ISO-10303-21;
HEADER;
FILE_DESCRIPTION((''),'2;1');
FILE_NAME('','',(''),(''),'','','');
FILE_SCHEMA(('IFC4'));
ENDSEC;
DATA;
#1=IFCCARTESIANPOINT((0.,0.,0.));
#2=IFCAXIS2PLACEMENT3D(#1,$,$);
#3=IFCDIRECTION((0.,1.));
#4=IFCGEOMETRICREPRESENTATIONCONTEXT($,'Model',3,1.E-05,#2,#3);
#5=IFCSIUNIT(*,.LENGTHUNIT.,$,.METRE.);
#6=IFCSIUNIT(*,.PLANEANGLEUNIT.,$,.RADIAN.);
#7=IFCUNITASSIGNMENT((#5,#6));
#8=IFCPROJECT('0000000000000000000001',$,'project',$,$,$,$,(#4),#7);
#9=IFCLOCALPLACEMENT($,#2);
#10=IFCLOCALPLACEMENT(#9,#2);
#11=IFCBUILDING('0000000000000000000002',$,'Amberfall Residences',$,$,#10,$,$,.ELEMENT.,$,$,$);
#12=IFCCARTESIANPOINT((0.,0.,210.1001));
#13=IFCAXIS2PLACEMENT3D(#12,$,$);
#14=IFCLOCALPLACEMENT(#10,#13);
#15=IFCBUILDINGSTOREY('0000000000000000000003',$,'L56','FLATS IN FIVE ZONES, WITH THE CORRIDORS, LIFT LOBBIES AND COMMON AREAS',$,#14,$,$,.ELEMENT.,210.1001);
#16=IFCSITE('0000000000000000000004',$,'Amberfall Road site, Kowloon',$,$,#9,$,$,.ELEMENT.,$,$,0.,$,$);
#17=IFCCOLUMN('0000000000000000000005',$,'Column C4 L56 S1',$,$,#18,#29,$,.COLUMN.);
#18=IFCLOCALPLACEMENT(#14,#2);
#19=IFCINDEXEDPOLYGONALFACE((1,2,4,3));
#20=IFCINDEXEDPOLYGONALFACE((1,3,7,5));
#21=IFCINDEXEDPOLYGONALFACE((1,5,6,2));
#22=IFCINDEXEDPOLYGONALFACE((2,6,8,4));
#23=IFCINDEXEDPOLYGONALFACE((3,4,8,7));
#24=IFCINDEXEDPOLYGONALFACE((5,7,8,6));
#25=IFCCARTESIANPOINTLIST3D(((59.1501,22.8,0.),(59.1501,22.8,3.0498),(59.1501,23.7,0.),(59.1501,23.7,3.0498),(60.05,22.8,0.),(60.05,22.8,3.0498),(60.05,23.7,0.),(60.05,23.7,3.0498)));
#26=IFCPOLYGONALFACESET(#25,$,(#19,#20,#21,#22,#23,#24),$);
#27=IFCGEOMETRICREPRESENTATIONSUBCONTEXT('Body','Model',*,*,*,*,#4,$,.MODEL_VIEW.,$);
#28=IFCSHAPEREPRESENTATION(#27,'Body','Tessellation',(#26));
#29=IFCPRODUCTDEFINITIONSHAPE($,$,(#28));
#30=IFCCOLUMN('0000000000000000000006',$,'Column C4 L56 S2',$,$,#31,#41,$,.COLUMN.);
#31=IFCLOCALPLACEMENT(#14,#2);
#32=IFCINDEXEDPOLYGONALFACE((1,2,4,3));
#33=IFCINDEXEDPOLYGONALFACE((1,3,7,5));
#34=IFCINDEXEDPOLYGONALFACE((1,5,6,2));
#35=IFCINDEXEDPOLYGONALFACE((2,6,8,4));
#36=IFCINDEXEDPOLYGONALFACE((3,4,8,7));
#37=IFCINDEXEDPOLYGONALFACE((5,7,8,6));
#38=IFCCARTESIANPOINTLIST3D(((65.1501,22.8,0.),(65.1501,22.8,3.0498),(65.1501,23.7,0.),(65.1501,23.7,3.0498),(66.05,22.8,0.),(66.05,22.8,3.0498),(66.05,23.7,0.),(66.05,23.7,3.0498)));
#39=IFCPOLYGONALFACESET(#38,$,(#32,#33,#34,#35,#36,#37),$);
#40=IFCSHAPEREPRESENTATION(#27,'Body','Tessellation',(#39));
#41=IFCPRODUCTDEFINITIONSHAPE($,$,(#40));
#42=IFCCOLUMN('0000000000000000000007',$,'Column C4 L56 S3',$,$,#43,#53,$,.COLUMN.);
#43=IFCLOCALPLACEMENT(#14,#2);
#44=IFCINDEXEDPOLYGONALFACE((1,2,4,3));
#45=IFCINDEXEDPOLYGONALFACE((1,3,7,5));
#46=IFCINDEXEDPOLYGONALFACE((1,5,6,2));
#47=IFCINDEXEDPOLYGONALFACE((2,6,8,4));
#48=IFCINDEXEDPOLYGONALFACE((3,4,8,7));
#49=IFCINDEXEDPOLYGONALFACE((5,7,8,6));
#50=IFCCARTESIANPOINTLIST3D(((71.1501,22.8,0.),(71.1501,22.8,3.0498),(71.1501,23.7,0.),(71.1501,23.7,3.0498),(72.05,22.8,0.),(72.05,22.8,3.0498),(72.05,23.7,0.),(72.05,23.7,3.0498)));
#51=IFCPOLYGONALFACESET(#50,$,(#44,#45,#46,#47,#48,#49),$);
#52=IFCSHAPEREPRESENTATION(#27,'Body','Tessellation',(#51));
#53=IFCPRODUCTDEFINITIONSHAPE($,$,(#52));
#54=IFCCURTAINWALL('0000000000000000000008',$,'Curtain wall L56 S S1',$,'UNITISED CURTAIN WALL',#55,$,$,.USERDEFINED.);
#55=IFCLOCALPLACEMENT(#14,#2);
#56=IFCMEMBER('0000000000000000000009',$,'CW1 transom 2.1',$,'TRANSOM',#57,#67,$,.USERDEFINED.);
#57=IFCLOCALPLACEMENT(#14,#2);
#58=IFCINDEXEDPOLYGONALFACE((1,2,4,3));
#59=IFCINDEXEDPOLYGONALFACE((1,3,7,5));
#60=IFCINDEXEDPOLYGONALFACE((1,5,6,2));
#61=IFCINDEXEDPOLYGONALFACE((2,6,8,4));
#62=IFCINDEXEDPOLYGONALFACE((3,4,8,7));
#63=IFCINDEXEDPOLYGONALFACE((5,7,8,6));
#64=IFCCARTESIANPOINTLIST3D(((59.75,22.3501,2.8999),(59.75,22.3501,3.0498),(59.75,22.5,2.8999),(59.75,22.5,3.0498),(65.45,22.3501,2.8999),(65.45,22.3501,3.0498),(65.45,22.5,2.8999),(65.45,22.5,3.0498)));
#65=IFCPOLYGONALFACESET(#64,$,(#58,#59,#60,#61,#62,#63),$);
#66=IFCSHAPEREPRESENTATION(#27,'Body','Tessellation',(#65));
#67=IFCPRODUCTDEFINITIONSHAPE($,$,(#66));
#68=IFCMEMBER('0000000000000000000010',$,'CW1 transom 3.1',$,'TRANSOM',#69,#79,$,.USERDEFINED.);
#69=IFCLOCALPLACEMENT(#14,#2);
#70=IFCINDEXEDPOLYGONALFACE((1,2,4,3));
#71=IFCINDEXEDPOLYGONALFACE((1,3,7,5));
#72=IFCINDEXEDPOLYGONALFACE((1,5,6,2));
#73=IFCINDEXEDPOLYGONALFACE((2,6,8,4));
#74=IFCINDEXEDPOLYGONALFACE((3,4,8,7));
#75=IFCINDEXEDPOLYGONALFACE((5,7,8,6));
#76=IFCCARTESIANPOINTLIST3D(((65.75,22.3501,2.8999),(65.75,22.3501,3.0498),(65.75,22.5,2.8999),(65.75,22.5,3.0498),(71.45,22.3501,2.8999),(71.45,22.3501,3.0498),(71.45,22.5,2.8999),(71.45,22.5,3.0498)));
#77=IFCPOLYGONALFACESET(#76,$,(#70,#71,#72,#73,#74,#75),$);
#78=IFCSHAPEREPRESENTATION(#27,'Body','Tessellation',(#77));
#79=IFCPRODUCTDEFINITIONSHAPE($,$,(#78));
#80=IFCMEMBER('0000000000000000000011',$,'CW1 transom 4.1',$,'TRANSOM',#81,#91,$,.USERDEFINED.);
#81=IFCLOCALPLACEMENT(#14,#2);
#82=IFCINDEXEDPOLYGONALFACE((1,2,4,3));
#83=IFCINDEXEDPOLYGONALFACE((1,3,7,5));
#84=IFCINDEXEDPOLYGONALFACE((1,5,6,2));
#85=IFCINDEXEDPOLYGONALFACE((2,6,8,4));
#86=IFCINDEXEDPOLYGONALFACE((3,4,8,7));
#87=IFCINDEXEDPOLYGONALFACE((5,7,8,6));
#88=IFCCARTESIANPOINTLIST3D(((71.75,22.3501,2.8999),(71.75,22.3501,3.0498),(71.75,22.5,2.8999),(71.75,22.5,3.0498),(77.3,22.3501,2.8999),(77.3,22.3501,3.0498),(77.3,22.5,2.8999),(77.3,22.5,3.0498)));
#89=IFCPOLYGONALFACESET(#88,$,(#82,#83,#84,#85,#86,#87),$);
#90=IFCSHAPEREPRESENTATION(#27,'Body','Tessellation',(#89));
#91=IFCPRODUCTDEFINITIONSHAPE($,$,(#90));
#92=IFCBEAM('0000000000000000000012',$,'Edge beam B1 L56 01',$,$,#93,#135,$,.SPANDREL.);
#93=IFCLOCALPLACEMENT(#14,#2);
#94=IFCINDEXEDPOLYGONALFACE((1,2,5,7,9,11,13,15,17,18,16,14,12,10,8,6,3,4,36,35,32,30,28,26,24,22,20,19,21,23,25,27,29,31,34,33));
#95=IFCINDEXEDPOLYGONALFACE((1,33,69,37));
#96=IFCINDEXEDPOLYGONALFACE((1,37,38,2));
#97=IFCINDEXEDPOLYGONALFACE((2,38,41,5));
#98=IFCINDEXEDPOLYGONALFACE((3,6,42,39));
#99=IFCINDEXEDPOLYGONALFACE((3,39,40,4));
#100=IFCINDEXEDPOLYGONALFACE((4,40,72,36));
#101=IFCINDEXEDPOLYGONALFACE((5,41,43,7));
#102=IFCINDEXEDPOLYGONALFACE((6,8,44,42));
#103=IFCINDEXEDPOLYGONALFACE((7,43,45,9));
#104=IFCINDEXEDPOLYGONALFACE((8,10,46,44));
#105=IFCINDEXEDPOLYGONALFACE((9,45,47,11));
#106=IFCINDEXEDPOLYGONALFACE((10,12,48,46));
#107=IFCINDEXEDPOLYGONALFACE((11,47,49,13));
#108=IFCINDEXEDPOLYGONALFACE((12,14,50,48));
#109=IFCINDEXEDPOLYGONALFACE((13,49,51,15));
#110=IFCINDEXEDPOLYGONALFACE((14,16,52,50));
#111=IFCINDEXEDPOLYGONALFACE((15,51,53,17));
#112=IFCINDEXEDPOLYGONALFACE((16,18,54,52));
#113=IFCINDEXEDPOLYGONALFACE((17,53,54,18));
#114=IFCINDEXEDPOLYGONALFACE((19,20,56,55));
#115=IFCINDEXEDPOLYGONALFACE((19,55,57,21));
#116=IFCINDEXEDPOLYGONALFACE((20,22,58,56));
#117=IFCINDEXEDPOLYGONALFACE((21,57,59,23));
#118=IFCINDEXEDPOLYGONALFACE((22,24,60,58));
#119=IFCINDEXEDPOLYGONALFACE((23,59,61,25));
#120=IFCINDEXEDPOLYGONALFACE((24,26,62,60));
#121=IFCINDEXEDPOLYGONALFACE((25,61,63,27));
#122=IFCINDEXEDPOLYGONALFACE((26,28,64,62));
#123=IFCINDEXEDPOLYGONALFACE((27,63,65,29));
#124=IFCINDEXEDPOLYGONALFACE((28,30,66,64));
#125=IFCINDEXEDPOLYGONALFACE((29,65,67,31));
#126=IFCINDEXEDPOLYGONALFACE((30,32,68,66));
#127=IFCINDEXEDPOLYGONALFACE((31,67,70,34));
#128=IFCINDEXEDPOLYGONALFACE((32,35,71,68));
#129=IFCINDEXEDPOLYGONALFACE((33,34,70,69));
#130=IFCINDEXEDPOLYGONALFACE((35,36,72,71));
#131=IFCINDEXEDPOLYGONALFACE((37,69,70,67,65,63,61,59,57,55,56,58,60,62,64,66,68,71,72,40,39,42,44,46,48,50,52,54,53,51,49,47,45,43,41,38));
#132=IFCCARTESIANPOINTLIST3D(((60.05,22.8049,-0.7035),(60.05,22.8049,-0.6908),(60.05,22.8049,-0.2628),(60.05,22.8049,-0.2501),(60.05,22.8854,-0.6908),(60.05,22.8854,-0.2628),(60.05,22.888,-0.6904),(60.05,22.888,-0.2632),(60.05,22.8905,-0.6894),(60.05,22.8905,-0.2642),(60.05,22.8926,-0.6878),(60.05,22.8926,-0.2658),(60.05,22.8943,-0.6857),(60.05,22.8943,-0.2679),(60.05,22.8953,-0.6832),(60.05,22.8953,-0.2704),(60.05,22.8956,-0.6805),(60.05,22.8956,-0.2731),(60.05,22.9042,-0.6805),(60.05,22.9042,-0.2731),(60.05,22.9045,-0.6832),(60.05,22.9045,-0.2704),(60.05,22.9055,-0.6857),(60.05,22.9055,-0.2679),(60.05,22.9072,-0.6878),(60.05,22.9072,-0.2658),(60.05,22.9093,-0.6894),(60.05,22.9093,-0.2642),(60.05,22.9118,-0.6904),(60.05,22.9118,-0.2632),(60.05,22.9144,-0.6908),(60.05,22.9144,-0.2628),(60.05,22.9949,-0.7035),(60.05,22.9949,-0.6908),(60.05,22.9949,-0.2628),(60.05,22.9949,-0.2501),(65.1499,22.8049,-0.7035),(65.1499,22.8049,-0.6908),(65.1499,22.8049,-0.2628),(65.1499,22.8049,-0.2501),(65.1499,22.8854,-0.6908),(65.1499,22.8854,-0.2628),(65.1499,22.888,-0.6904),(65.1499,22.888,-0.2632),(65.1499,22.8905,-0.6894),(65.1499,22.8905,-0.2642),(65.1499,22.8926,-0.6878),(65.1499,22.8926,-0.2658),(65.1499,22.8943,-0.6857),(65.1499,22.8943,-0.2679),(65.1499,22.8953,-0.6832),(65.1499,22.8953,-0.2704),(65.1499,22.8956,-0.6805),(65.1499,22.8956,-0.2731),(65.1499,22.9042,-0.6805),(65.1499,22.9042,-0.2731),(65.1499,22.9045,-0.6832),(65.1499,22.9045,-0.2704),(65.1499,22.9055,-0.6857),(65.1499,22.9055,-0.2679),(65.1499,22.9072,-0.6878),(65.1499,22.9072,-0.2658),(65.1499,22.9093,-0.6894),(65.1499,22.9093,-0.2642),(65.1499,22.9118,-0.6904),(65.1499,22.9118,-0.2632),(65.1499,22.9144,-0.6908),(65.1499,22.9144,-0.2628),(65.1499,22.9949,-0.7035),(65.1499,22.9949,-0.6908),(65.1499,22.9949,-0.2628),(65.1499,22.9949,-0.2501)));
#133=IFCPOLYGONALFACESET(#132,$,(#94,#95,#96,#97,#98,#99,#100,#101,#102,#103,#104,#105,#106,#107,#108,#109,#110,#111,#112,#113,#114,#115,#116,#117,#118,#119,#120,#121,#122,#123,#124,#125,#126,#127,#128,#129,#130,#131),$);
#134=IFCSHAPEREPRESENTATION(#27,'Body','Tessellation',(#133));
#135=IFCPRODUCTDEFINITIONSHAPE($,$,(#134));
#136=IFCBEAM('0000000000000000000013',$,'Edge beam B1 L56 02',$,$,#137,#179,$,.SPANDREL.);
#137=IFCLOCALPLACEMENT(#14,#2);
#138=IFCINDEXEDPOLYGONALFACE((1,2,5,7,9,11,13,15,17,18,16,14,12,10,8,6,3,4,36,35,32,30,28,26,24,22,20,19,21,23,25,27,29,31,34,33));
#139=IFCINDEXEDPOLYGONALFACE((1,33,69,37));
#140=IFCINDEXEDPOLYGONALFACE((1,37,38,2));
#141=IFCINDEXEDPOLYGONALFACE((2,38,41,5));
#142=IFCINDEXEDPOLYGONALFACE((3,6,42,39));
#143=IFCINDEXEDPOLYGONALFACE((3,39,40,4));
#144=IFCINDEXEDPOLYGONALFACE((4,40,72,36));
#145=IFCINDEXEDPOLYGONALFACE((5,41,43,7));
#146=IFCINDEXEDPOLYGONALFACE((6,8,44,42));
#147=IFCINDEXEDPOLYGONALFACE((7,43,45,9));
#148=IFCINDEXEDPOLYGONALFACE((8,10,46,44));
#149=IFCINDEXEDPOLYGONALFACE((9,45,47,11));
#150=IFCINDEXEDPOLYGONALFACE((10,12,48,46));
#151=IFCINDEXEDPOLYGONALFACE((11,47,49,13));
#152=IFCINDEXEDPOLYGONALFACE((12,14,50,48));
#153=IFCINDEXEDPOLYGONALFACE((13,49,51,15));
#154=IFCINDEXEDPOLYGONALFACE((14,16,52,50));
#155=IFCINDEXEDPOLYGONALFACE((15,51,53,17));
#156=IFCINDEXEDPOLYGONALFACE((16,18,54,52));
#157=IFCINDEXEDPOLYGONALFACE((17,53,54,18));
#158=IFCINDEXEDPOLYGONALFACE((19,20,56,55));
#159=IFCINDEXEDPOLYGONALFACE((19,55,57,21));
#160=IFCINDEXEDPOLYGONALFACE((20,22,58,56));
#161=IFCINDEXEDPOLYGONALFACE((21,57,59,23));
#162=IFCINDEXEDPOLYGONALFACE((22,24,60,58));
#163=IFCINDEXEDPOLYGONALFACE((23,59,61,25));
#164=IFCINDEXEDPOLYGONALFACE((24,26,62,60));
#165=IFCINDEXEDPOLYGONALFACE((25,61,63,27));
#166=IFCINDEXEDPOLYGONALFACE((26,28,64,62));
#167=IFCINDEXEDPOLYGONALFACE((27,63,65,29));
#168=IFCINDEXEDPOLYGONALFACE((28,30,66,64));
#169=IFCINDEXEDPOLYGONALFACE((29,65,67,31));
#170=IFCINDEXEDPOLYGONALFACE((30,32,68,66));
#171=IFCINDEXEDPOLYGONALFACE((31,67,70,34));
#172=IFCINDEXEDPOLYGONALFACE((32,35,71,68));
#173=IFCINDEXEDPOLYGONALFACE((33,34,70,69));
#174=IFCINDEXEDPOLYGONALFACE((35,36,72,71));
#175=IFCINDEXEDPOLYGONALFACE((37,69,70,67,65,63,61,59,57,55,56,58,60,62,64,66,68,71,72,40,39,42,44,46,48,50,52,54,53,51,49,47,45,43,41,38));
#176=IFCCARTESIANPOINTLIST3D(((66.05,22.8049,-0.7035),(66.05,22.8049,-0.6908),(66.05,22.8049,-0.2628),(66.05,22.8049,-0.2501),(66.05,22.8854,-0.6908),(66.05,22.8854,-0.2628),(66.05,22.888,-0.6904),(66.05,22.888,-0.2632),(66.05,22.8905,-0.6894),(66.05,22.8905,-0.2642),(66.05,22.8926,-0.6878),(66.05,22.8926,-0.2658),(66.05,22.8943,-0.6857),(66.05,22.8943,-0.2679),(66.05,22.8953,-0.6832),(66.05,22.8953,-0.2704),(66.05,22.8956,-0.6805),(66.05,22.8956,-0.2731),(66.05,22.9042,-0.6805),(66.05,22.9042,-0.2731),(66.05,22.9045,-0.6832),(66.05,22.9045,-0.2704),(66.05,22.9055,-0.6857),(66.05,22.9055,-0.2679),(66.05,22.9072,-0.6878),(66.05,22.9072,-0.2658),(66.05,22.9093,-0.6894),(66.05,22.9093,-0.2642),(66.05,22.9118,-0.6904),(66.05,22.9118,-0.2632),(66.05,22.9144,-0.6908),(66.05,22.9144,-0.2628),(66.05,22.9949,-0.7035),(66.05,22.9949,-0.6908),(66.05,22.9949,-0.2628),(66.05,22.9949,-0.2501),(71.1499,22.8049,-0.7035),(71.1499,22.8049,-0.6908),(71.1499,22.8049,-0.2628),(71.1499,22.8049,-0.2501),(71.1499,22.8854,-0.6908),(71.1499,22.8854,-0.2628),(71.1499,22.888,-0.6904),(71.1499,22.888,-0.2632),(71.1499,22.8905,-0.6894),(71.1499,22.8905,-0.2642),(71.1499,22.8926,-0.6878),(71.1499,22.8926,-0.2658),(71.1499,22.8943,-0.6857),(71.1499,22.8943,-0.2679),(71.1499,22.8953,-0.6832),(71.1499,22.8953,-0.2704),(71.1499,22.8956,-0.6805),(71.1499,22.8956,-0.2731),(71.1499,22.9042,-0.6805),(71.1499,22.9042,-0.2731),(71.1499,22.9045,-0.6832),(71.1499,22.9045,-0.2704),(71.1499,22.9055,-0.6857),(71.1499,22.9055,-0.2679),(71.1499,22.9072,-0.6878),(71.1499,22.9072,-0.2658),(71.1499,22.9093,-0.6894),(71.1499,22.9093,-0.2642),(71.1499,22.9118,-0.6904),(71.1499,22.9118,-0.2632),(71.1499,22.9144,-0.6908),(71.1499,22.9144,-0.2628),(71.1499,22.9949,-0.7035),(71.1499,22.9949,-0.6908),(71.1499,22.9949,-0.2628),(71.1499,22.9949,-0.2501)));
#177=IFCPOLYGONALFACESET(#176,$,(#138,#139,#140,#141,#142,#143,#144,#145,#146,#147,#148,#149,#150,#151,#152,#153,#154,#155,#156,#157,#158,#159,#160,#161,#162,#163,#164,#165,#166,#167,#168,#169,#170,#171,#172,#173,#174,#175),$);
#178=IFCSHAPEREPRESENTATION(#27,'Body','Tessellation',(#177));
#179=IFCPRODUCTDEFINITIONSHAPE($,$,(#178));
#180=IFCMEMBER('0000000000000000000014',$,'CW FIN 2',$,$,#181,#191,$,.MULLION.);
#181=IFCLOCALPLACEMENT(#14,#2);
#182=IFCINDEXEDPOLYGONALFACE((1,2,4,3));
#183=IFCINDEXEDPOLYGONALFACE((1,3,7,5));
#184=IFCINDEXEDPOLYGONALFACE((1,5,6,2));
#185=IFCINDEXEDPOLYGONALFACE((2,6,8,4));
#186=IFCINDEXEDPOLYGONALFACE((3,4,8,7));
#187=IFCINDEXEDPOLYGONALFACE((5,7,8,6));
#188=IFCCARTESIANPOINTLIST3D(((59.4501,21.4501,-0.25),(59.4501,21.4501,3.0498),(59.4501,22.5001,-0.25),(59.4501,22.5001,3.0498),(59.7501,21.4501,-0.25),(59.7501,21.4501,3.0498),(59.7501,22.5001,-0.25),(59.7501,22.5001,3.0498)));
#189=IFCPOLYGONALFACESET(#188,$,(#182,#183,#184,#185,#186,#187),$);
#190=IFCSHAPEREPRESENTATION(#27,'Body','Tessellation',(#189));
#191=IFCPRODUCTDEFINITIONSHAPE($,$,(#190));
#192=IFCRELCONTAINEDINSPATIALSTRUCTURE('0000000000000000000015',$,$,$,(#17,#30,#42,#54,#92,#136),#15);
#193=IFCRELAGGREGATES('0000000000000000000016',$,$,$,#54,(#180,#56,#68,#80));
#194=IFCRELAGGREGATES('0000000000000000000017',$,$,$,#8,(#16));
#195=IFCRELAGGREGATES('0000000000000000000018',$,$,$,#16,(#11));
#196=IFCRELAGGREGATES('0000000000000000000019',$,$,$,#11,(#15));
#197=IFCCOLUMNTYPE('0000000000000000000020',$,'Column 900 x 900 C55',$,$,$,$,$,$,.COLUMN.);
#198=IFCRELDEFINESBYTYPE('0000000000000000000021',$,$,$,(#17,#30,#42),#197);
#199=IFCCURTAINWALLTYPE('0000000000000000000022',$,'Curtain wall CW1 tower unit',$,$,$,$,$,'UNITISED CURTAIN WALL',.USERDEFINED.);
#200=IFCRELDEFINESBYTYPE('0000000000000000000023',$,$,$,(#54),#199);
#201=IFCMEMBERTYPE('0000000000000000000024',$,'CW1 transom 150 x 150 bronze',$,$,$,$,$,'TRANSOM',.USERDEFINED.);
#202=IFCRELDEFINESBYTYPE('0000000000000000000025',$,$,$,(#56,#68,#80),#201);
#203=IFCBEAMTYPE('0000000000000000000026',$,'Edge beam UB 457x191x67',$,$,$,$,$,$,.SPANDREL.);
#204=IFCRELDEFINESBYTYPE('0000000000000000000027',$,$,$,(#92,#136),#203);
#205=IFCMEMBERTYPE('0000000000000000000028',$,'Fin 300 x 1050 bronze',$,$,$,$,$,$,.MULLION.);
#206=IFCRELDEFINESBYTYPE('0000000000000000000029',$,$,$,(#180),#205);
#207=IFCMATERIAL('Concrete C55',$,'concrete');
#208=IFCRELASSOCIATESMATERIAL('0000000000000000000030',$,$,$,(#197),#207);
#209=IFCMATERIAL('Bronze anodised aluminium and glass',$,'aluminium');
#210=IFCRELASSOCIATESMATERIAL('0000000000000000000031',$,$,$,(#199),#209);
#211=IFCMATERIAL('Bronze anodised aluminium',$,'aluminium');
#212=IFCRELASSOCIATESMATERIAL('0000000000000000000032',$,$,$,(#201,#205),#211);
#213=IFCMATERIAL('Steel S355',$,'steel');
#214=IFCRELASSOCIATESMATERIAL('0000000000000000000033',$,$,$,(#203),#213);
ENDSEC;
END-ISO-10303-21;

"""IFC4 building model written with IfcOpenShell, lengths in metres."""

from ifc_helpers import new_model, si_unit, direction, frame, origin, origin_2d, place, context, subcontext, project, spatial, rectangle, i_section, extrude, material, material_profile, profile_set, type_object, element, aggregate, save


model = new_model("IFC4")

# Units and contexts
model_context = context("Model", 3, precision=1e-05, world=origin(), true_north=direction((0.0, 1.0)))
body_context = subcontext(model_context, "Body", "Model", "MODEL_VIEW")
ifc_project = project(units=[si_unit("LENGTHUNIT", "METRE"), si_unit("PLANEANGLEUNIT", "RADIAN")], contexts=[model_context])

# Site, building, storey
site_placement = place(None, origin())
site = spatial("IfcSite", under=ifc_project, at=site_placement, Name="Amberfall Road site, Kowloon", CompositionType="ELEMENT", RefElevation=0.0)
building_placement = place(site_placement, origin())
building = spatial("IfcBuilding", under=site, at=building_placement, Name="Amberfall Residences", CompositionType="ELEMENT")
storey_placement = place(building_placement, frame((0.0, 0.0, 210.1001)))
storey = spatial("IfcBuildingStorey", under=building, at=storey_placement, Name="L56", Description="FLATS IN FIVE ZONES, WITH THE CORRIDORS, LIFT LOBBIES AND COMMON AREAS", CompositionType="ELEMENT", Elevation=210.1001)

# Columns
ifc_material_1 = material(Name="Concrete C55", Category="concrete")
ifc_material_profile_1 = material_profile(ifc_material_1, rectangle(XDim=0.8999, YDim=0.8999, at=origin_2d()), Name="Column 900 x 900 C55")
ifc_profile_set_1 = profile_set([ifc_material_profile_1], Name="Concrete C55")
column_type = type_object("IfcColumnType", Name="Column 900 x 900 C55", PredefinedType="COLUMN", material=ifc_profile_set_1)
for number, where, z_axis, x_axis, name in (
    (1, (59.6001, 23.25, 0.0), (0.0, 0.0, 1.0), (1.0, 0.0, 0.0), "Column C4 L56 S1"),
    (2, (65.6001, 23.25, 0.0), (0.0, 0.0, 1.0), (1.0, 0.0, 0.0), "Column C4 L56 S2"),
    (3, (71.6001, 23.25, 0.0), (0.0, 0.0, 1.0), (1.0, 0.0, 0.0), "Column C4 L56 S3"),
):
    element("IfcColumn", number, at=place(storey_placement, frame(where, z_axis=z_axis, x_axis=x_axis)), inside=storey, type_object=column_type, Name=name, PredefinedType="COLUMN", context=body_context, shape_type="SweptSolid", body=[
        extrude(rectangle(XDim=0.8999, YDim=0.8999, at=origin_2d()), origin(), (0.0, 0.0, 1.0), 3.0498),
    ])

# Curtain wall, members
ifc_material_2 = material(Name="Bronze anodised aluminium and glass", Category="aluminium")
curtain_wall_type = type_object("IfcCurtainWallType", Name="Curtain wall CW1 tower unit", ElementType="UNITISED CURTAIN WALL", PredefinedType="USERDEFINED", material=ifc_material_2)
curtain_wall_placement = place(storey_placement, origin())
curtain_wall = element("IfcCurtainWall", 4, at=curtain_wall_placement, inside=storey, type_object=curtain_wall_type, Name="Curtain wall L56 S S1", ObjectType="UNITISED CURTAIN WALL", PredefinedType="USERDEFINED")
ifc_material_3 = material(Name="Bronze anodised aluminium", Category="aluminium")
ifc_material_profile_2 = material_profile(ifc_material_3, rectangle(XDim=0.1499, YDim=0.1499, at=origin_2d()), Name="CW1 transom 150 x 150 bronze")
ifc_profile_set_2 = profile_set([ifc_material_profile_2], Name="Bronze anodised aluminium")
member_type_1 = type_object("IfcMemberType", Name="CW1 transom 150 x 150 bronze", ElementType="TRANSOM", PredefinedType="USERDEFINED", material=ifc_profile_set_2)
member_1_placement = place(storey_placement, frame((59.75, 22.425, 2.9749), z_axis=(1.0, 0.0, 0.0), x_axis=(0.0, 1.0, 0.0)))
member_1 = element("IfcMember", 5, at=member_1_placement, type_object=member_type_1, Name="CW1 transom 2.1", ObjectType="TRANSOM", PredefinedType="USERDEFINED", context=body_context, shape_type="SweptSolid", body=[
    extrude(rectangle(XDim=0.1499, YDim=0.1499, at=origin_2d()), origin(), (0.0, 0.0, 1.0), 5.7),
])
member_2_placement = place(storey_placement, frame((65.75, 22.425, 2.9749), z_axis=(1.0, 0.0, 0.0), x_axis=(0.0, 1.0, 0.0)))
member_2 = element("IfcMember", 6, at=member_2_placement, type_object=member_type_1, Name="CW1 transom 3.1", ObjectType="TRANSOM", PredefinedType="USERDEFINED", context=body_context, shape_type="SweptSolid", body=[
    extrude(rectangle(XDim=0.1499, YDim=0.1499, at=origin_2d()), origin(), (0.0, 0.0, 1.0), 5.7),
])
member_3_placement = place(storey_placement, frame((71.75, 22.425, 2.9749), z_axis=(1.0, 0.0, 0.0), x_axis=(0.0, 1.0, 0.0)))
member_3 = element("IfcMember", 7, at=member_3_placement, type_object=member_type_1, Name="CW1 transom 4.1", ObjectType="TRANSOM", PredefinedType="USERDEFINED", context=body_context, shape_type="SweptSolid", body=[
    extrude(rectangle(XDim=0.1499, YDim=0.1499, at=origin_2d()), origin(), (0.0, 0.0, 1.0), 5.55),
])

# Beams
ifc_material_4 = material(Name="Steel S355", Category="steel")
ifc_material_profile_3 = material_profile(ifc_material_4, i_section(OverallWidth=0.1899, OverallDepth=0.4534, WebThickness=0.0085, FlangeThickness=0.0127, FilletRadius=0.0103, at=origin_2d()), Name="UB 457x191x67")
ifc_profile_set_3 = profile_set([ifc_material_profile_3], Name="Steel S355")
beam_type_1 = type_object("IfcBeamType", Name="Edge beam UB 457x191x67", PredefinedType="SPANDREL", material=ifc_profile_set_3)
for number, where, z_axis, x_axis, name in (
    (8, (60.05, 22.8999, -0.4768), (1.0, 0.0, 0.0), (0.0, 1.0, 0.0), "Edge beam B1 L56 01"),
    (9, (66.05, 22.8999, -0.4768), (1.0, 0.0, 0.0), (0.0, 1.0, 0.0), "Edge beam B1 L56 02"),
):
    element("IfcBeam", number, at=place(storey_placement, frame(where, z_axis=z_axis, x_axis=x_axis)), inside=storey, type_object=beam_type_1, Name=name, PredefinedType="SPANDREL", context=body_context, shape_type="SweptSolid", body=[
        extrude(i_section(OverallWidth=0.1899, OverallDepth=0.4534, WebThickness=0.0085, FlangeThickness=0.0127, FilletRadius=0.0103, at=origin_2d()), origin(), (0.0, 0.0, 1.0), 5.0999),
    ])

# Member
ifc_material_profile_4 = material_profile(ifc_material_3, rectangle(XDim=1.05, YDim=0.3, at=origin_2d()), Name="Fin 300 x 1050 bronze")
ifc_profile_set_4 = profile_set([ifc_material_profile_4], Name="Bronze anodised aluminium")
member_type_2 = type_object("IfcMemberType", Name="Fin 300 x 1050 bronze", PredefinedType="MULLION", material=ifc_profile_set_4)
member_4_placement = place(storey_placement, frame((59.6001, 21.9751, -0.25), z_axis=(0.0, 0.0, 1.0), x_axis=(0.0, 1.0, 0.0)))
member_4 = element("IfcMember", 10, at=member_4_placement, type_object=member_type_2, Name="CW FIN 2", PredefinedType="MULLION", context=body_context, shape_type="SweptSolid", body=[
    extrude(rectangle(XDim=1.05, YDim=0.3, at=origin_2d()), origin(), (0.0, 0.0, 1.0), 3.2998),
])

aggregate(curtain_wall, [member_4, member_1, member_2, member_3])

save(model, "model.ifc")
